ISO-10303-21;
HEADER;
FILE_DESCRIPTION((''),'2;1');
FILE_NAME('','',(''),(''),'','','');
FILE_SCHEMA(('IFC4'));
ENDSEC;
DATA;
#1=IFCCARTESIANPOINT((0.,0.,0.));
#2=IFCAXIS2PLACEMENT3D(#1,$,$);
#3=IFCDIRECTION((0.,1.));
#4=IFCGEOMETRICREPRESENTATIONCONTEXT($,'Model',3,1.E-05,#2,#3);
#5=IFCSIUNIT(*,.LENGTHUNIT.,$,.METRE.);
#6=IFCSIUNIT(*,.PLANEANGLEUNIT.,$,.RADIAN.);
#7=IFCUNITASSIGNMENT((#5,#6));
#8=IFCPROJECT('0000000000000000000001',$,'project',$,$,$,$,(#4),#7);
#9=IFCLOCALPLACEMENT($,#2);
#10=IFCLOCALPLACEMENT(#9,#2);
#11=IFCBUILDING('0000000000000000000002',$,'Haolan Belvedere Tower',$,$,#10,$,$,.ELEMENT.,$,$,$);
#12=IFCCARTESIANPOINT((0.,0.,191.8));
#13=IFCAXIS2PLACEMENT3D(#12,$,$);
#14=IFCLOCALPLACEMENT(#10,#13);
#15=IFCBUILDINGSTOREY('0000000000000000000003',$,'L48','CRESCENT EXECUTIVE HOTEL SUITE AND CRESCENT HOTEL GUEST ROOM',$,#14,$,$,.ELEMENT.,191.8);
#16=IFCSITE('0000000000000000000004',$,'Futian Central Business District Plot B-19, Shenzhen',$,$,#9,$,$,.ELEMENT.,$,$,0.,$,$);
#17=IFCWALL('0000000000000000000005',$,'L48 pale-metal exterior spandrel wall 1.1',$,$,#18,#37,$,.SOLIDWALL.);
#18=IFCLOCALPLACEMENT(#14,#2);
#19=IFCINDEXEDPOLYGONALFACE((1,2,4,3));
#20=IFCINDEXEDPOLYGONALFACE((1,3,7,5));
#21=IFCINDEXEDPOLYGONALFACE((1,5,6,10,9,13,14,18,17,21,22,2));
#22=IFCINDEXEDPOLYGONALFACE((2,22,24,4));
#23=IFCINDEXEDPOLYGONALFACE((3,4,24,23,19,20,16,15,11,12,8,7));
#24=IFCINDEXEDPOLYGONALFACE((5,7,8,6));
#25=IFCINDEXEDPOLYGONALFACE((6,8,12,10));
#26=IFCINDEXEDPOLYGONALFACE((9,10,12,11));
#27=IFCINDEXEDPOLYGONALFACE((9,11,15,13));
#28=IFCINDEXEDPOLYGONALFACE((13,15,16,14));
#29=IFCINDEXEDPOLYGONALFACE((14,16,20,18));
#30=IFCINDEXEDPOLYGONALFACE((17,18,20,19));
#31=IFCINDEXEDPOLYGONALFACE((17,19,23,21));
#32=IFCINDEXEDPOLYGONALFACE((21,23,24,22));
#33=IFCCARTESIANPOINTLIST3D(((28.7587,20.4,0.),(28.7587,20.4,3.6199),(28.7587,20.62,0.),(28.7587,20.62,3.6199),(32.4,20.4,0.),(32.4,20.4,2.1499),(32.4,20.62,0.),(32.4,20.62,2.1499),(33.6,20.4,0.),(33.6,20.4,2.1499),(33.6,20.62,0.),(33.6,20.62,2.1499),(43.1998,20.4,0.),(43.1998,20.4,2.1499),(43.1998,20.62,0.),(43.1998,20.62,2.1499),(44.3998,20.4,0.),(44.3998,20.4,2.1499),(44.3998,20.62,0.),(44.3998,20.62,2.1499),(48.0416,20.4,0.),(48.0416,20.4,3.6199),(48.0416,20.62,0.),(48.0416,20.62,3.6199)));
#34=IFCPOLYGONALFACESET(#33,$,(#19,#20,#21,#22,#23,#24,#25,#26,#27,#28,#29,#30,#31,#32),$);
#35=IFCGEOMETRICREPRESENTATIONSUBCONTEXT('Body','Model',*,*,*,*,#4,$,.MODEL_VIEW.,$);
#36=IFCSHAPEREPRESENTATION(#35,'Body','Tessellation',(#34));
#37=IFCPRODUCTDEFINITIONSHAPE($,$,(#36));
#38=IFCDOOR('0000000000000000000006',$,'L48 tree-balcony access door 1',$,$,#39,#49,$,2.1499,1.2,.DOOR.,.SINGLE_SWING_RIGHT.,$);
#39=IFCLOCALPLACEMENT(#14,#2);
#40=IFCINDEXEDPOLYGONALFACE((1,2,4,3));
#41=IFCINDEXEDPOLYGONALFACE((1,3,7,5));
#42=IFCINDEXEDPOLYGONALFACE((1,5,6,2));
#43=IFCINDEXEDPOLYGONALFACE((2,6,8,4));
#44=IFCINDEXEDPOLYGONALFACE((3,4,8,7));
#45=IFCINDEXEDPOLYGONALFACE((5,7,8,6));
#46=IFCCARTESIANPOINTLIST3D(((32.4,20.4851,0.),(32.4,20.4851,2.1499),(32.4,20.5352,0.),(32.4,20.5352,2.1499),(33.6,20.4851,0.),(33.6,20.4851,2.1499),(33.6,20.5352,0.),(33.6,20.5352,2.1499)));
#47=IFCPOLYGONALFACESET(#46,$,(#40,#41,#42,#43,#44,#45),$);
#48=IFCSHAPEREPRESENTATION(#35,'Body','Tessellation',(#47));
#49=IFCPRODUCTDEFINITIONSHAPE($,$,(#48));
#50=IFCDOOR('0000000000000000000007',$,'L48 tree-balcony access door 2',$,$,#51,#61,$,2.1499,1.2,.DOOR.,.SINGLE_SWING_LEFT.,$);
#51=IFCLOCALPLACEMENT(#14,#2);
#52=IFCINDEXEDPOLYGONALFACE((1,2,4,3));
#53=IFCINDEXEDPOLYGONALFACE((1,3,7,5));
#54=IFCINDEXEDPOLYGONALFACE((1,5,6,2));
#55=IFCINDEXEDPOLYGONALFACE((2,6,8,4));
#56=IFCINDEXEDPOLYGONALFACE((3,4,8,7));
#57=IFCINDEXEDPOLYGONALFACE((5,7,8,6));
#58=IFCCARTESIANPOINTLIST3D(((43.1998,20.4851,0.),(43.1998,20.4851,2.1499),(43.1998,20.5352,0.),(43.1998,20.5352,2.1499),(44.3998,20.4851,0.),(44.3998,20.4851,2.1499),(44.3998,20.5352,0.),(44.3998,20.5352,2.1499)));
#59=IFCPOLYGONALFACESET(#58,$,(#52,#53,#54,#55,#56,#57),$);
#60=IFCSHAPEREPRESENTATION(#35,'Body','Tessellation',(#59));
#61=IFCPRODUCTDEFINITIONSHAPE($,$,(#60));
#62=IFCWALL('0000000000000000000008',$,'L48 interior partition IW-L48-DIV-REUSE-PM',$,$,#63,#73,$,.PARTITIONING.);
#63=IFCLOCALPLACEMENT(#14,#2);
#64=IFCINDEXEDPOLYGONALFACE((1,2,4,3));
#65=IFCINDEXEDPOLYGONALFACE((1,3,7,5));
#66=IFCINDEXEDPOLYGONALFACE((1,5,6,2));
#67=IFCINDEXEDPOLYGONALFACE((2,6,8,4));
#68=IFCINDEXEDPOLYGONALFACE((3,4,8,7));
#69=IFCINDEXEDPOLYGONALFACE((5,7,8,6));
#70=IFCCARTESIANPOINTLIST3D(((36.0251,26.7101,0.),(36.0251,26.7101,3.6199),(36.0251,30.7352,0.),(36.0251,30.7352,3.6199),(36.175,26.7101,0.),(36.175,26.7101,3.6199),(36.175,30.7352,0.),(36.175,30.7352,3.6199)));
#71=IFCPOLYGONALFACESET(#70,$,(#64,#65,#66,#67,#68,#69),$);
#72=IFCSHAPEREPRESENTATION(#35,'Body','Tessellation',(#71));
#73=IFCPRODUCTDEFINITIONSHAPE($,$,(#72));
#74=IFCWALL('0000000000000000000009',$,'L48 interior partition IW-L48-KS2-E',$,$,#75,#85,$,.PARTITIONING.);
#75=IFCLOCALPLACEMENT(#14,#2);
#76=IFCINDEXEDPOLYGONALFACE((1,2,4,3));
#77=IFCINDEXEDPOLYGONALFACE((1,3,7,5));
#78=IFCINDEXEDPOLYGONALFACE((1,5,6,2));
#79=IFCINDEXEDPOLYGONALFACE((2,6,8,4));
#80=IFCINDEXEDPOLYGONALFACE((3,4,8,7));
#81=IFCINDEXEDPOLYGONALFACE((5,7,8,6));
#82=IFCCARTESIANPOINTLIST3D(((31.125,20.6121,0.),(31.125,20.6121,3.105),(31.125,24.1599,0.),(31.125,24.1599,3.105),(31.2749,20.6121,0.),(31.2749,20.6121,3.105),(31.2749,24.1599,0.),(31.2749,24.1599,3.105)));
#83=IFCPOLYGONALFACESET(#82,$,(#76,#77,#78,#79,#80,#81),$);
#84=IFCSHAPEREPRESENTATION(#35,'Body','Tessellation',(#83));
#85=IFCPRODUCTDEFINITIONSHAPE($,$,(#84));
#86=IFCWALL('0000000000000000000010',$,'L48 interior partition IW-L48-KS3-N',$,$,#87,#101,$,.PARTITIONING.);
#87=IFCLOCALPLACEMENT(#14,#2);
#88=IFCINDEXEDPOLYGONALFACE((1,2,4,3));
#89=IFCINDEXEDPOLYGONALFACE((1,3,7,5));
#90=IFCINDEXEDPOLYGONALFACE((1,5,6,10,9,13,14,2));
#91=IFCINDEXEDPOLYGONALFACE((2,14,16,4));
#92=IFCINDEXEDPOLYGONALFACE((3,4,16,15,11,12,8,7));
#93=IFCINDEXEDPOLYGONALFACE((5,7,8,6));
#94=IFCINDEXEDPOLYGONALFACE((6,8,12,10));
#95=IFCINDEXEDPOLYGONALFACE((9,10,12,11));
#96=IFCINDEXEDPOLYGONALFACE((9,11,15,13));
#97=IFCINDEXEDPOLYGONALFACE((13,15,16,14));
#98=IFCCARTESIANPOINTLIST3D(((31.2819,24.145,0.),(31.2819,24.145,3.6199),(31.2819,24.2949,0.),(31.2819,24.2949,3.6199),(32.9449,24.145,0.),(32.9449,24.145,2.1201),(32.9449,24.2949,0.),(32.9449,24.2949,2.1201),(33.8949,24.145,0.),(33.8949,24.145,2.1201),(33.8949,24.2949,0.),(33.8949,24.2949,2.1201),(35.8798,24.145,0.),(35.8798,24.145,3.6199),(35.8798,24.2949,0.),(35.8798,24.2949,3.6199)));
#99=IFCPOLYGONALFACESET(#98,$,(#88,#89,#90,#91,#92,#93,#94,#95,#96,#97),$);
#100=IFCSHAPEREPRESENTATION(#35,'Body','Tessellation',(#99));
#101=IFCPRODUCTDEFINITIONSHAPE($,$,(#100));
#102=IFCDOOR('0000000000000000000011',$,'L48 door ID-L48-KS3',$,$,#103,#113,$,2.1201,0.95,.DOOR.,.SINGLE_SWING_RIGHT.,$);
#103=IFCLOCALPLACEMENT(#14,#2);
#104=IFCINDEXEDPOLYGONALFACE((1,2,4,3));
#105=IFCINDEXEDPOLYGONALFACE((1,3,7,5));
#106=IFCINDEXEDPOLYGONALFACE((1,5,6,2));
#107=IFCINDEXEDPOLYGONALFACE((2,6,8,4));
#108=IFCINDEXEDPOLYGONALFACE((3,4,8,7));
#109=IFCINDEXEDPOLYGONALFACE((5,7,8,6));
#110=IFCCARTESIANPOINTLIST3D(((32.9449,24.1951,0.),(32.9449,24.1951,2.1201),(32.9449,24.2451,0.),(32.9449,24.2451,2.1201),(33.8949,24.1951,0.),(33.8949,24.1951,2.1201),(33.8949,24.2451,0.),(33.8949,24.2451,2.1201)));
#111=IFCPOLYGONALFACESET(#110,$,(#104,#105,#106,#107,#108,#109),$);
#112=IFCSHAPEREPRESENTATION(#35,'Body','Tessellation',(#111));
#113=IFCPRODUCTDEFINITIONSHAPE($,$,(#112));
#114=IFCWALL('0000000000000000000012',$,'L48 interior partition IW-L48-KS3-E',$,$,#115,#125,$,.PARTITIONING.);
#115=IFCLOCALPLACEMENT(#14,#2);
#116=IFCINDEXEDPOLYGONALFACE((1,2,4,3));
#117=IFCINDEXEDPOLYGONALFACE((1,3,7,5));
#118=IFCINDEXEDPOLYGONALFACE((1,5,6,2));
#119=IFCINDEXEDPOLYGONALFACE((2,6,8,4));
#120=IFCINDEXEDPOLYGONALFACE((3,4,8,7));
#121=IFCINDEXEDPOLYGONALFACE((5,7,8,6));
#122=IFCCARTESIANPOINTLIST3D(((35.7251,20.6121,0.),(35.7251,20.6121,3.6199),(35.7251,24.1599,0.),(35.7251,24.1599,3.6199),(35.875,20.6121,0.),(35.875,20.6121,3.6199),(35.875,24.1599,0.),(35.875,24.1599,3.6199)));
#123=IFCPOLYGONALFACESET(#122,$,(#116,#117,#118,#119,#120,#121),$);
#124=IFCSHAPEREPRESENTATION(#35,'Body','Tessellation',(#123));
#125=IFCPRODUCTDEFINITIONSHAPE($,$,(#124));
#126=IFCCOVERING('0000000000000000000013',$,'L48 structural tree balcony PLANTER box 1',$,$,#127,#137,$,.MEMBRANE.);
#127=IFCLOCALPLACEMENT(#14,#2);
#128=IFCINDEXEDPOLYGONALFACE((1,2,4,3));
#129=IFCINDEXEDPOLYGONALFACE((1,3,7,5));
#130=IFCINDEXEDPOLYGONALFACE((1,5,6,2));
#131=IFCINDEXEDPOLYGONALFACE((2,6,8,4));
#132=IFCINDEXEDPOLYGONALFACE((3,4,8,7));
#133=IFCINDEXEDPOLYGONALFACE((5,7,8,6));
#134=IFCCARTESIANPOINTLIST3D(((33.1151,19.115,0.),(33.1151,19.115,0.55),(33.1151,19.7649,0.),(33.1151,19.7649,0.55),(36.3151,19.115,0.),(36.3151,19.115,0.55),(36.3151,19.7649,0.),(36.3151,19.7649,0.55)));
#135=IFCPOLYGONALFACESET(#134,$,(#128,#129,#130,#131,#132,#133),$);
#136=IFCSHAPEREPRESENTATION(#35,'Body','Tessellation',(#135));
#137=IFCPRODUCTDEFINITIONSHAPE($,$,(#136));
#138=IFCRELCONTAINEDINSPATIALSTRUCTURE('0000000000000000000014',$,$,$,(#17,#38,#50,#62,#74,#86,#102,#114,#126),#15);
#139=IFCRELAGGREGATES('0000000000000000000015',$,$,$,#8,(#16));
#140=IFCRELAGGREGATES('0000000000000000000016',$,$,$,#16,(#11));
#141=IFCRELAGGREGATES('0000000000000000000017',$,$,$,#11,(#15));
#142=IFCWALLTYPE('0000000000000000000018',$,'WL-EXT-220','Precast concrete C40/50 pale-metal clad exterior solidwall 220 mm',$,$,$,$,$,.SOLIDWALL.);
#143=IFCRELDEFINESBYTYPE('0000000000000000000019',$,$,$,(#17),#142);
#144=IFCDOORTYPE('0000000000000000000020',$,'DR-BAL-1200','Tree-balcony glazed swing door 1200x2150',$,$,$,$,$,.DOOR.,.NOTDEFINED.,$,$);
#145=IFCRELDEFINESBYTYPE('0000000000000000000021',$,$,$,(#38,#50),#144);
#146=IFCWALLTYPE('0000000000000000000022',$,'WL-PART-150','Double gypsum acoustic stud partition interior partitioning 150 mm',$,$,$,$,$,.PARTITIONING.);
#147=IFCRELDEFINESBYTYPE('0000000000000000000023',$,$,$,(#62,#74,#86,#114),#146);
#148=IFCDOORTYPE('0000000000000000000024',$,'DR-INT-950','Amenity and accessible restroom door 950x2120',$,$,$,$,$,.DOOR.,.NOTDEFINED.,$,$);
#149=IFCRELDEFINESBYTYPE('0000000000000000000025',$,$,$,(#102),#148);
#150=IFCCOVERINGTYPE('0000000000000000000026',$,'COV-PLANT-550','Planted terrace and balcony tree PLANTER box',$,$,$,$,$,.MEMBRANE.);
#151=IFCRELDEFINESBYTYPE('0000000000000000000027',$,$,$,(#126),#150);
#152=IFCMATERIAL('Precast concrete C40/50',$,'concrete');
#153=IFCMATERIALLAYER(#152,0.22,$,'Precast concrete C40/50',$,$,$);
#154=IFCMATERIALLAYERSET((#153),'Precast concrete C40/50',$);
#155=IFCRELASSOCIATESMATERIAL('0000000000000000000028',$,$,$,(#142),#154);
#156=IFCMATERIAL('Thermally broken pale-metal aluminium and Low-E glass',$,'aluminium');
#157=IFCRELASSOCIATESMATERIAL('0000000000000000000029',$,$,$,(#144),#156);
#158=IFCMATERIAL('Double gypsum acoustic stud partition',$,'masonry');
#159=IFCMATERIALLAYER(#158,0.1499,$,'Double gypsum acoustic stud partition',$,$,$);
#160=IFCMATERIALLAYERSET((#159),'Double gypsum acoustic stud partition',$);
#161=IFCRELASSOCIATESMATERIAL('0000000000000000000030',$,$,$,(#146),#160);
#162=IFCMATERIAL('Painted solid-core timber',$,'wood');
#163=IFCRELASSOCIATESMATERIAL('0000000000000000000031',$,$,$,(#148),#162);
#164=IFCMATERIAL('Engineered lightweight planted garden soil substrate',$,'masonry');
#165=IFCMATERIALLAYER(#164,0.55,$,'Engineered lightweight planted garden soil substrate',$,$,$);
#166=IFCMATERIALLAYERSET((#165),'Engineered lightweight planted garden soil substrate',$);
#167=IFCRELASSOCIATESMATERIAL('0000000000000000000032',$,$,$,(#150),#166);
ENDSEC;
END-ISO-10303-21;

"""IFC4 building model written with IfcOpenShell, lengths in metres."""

from ifc_helpers import new_model, si_unit, direction, frame, frame_2d, origin, origin_2d, place, context, subcontext, project, spatial, rectangle, extrude, material, layer, layer_set, type_object, element, fill, save


model = new_model("IFC4")

# Units and contexts
model_context = context("Model", 3, precision=1e-05, world=origin(), true_north=direction((0.0, 1.0)))
body_context = subcontext(model_context, "Body", "Model", "MODEL_VIEW")
ifc_project = project(units=[si_unit("LENGTHUNIT", "METRE"), si_unit("PLANEANGLEUNIT", "RADIAN")], contexts=[model_context])

# Site, building, storey
site_placement = place(None, origin())
site = spatial("IfcSite", under=ifc_project, at=site_placement, Name="Futian Central Business District Plot B-19, Shenzhen", CompositionType="ELEMENT", RefElevation=0.0)
building_placement = place(site_placement, origin())
building = spatial("IfcBuilding", under=site, at=building_placement, Name="Haolan Belvedere Tower", CompositionType="ELEMENT")
storey_placement = place(building_placement, frame((0.0, 0.0, 191.8)))
storey = spatial("IfcBuildingStorey", under=building, at=storey_placement, Name="L48", Description="CRESCENT EXECUTIVE HOTEL SUITE AND CRESCENT HOTEL GUEST ROOM", CompositionType="ELEMENT", Elevation=191.8)

# Wall, openings, doors
ifc_material_1 = material(Name="Precast concrete C40/50", Category="concrete")
ifc_layer_1 = layer(ifc_material_1, 0.22, Name="Precast concrete C40/50")
ifc_layer_set_1 = layer_set([ifc_layer_1], Name="Precast concrete C40/50")
wall_type_1 = type_object("IfcWallType", Name="WL-EXT-220", Description="Precast concrete C40/50 pale-metal clad exterior solidwall 220 mm", PredefinedType="SOLIDWALL", material=ifc_layer_set_1)
wall_1_placement = place(storey_placement, frame((28.7585, 20.51, 0.0), z_axis=(0.0, 0.0, 1.0), x_axis=(1.0, 0.0, 0.0)))
wall_1 = element("IfcWall", 1, at=wall_1_placement, inside=storey, type_object=wall_type_1, Name="L48 pale-metal exterior spandrel wall 1.1", PredefinedType="SOLIDWALL", context=body_context, shape_type="SweptSolid", body=[
    extrude(rectangle(XDim=19.283, YDim=0.22, at=frame_2d((9.6416, 0.0))), origin(), (0.0, 0.0, 1.0), 3.6199),
])
opening_1_placement = place(wall_1_placement, frame((4.8416, 0.0, 0.0), z_axis=(0.0, 0.0, 1.0), x_axis=(-1.0, 0.0, 0.0)))
opening_1 = element("IfcOpeningElement", 2, at=opening_1_placement, cuts=wall_1, PredefinedType="OPENING", context=body_context, shape_type="SweptSolid", body=[
    extrude(rectangle(XDim=1.2, YDim=2.1499, at=frame_2d((0.6001, 1.075))), frame((0.0, 0.1199, 0.0), z_axis=(0.0, -1.0, 0.0), x_axis=(1.0, 0.0, 0.0)), (0.0, 0.0, 1.0), 0.24),
])
opening_2_placement = place(wall_1_placement, frame((15.6414, 0.0, 0.0), z_axis=(0.0, 0.0, 1.0), x_axis=(-1.0, 0.0, 0.0)))
opening_2 = element("IfcOpeningElement", 3, at=opening_2_placement, cuts=wall_1, PredefinedType="OPENING", context=body_context, shape_type="SweptSolid", body=[
    extrude(rectangle(XDim=1.2, YDim=2.1499, at=frame_2d((0.6001, 1.075))), frame((0.0, 0.1199, 0.0), z_axis=(0.0, -1.0, 0.0), x_axis=(1.0, 0.0, 0.0)), (0.0, 0.0, 1.0), 0.24),
])
ifc_material_2 = material(Name="Thermally broken pale-metal aluminium and Low-E glass", Category="aluminium")
door_type_1 = type_object("IfcDoorType", Name="DR-BAL-1200", Description="Tree-balcony glazed swing door 1200x2150", OperationType="NOTDEFINED", PredefinedType="DOOR", material=ifc_material_2)
door_1_placement = place(opening_1_placement, origin())
door_1 = element("IfcDoor", 4, at=door_1_placement, inside=storey, type_object=door_type_1, Name="L48 tree-balcony access door 1", OperationType="SINGLE_SWING_RIGHT", OverallHeight=2.1499, OverallWidth=1.2, PredefinedType="DOOR", context=body_context, shape_type="SweptSolid", body=[
    extrude(rectangle(XDim=1.2, YDim=2.1499, at=frame_2d((0.6001, 1.075))), frame((0.0, 0.0249, 0.0), z_axis=(0.0, -1.0, 0.0), x_axis=(1.0, 0.0, 0.0)), (0.0, 0.0, 1.0), 0.05),
])
fill(opening_1, door_1)
door_2_placement = place(opening_2_placement, origin())
door_2 = element("IfcDoor", 5, at=door_2_placement, inside=storey, type_object=door_type_1, Name="L48 tree-balcony access door 2", OperationType="SINGLE_SWING_LEFT", OverallHeight=2.1499, OverallWidth=1.2, PredefinedType="DOOR", context=body_context, shape_type="SweptSolid", body=[
    extrude(rectangle(XDim=1.2, YDim=2.1499, at=frame_2d((0.6001, 1.075))), frame((0.0, 0.0249, 0.0), z_axis=(0.0, -1.0, 0.0), x_axis=(1.0, 0.0, 0.0)), (0.0, 0.0, 1.0), 0.05),
])
fill(opening_2, door_2)

# Wall
ifc_material_3 = material(Name="Double gypsum acoustic stud partition", Category="masonry")
ifc_layer_2 = layer(ifc_material_3, 0.1499, Name="Double gypsum acoustic stud partition")
ifc_layer_set_2 = layer_set([ifc_layer_2], Name="Double gypsum acoustic stud partition")
wall_type_2 = type_object("IfcWallType", Name="WL-PART-150", Description="Double gypsum acoustic stud partition interior partitioning 150 mm", PredefinedType="PARTITIONING", material=ifc_layer_set_2)
wall_2_placement = place(storey_placement, frame((36.1001, 26.71, 0.0), z_axis=(0.0, 0.0, 1.0), x_axis=(0.0, 1.0, 0.0)))
element("IfcWall", 6, at=wall_2_placement, inside=storey, type_object=wall_type_2, Name="L48 interior partition IW-L48-DIV-REUSE-PM", PredefinedType="PARTITIONING", context=body_context, shape_type="SweptSolid", body=[
    extrude(rectangle(XDim=4.0251, YDim=0.1499, at=frame_2d((2.0127, 0.0))), origin(), (0.0, 0.0, 1.0), 3.6199),
])

# Shared definitions
ifc_material_4 = material(Name="Painted solid-core timber", Category="wood")
door_type_2 = type_object("IfcDoorType", Name="DR-INT-950", Description="Amenity and accessible restroom door 950x2120", OperationType="NOTDEFINED", PredefinedType="DOOR", material=ifc_material_4)

# Wall
wall_3_placement = place(storey_placement, frame((31.2, 20.6121, 0.0), z_axis=(0.0, 0.0, 1.0), x_axis=(0.0, 1.0, 0.0)))
element("IfcWall", 7, at=wall_3_placement, inside=storey, type_object=wall_type_2, Name="L48 interior partition IW-L48-KS2-E", PredefinedType="PARTITIONING", context=body_context, shape_type="SweptSolid", body=[
    extrude(rectangle(XDim=3.5479, YDim=0.1499, at=frame_2d((1.7739, 0.0))), origin(), (0.0, 0.0, 1.0), 3.105),
])

# Wall, opening, door
wall_4_placement = place(storey_placement, frame((31.282, 24.22, 0.0), z_axis=(0.0, 0.0, 1.0), x_axis=(1.0, 0.0, 0.0)))
wall_4 = element("IfcWall", 8, at=wall_4_placement, inside=storey, type_object=wall_type_2, Name="L48 interior partition IW-L48-KS3-N", PredefinedType="PARTITIONING", context=body_context, shape_type="SweptSolid", body=[
    extrude(rectangle(XDim=4.5979, YDim=0.1499, at=frame_2d((2.2988, 0.0))), origin(), (0.0, 0.0, 1.0), 3.6199),
])
opening_3_placement = place(wall_4_placement, frame((2.613, 0.0, 0.0), z_axis=(0.0, 0.0, 1.0), x_axis=(-1.0, 0.0, 0.0)))
opening_3 = element("IfcOpeningElement", 9, at=opening_3_placement, cuts=wall_4, PredefinedType="OPENING", context=body_context, shape_type="SweptSolid", body=[
    extrude(rectangle(XDim=0.95, YDim=2.1201, at=frame_2d((0.4751, 1.0601))), frame((0.0, 0.085, 0.0), z_axis=(0.0, -1.0, 0.0), x_axis=(1.0, 0.0, 0.0)), (0.0, 0.0, 1.0), 0.1699),
])
door_3_placement = place(opening_3_placement, origin())
door_3 = element("IfcDoor", 10, at=door_3_placement, inside=storey, type_object=door_type_2, Name="L48 door ID-L48-KS3", OperationType="SINGLE_SWING_RIGHT", OverallHeight=2.1201, OverallWidth=0.95, PredefinedType="DOOR", context=body_context, shape_type="SweptSolid", body=[
    extrude(rectangle(XDim=0.95, YDim=2.1201, at=frame_2d((0.4751, 1.0601))), frame((0.0, 0.0249, 0.0), z_axis=(0.0, -1.0, 0.0), x_axis=(1.0, 0.0, 0.0)), (0.0, 0.0, 1.0), 0.05),
])
fill(opening_3, door_3)

# Wall
wall_5_placement = place(storey_placement, frame((35.8, 20.6121, 0.0), z_axis=(0.0, 0.0, 1.0), x_axis=(0.0, 1.0, 0.0)))
element("IfcWall", 11, at=wall_5_placement, inside=storey, type_object=wall_type_2, Name="L48 interior partition IW-L48-KS3-E", PredefinedType="PARTITIONING", context=body_context, shape_type="SweptSolid", body=[
    extrude(rectangle(XDim=3.5479, YDim=0.1499, at=frame_2d((1.7739, 0.0))), origin(), (0.0, 0.0, 1.0), 3.6199),
])

# Covering
ifc_material_5 = material(Name="Engineered lightweight planted garden soil substrate", Category="masonry")
ifc_layer_3 = layer(ifc_material_5, 0.55, Name="Engineered lightweight planted garden soil substrate")
ifc_layer_set_3 = layer_set([ifc_layer_3], Name="Engineered lightweight planted garden soil substrate")
covering_type = type_object("IfcCoveringType", Name="COV-PLANT-550", Description="Planted terrace and balcony tree PLANTER box", PredefinedType="MEMBRANE", material=ifc_layer_set_3)
covering_placement = place(storey_placement, frame((34.7151, 19.4399, 0.0), z_axis=(0.0, 0.0, 1.0), x_axis=(1.0, 0.0, 0.0)))
element("IfcCovering", 12, at=covering_placement, inside=storey, type_object=covering_type, Name="L48 structural tree balcony PLANTER box 1", PredefinedType="MEMBRANE", context=body_context, shape_type="SweptSolid", body=[
    extrude(rectangle(XDim=3.2, YDim=0.6499, at=origin_2d()), origin(), (0.0, 0.0, 1.0), 0.55),
])

save(model, "model.ifc")
